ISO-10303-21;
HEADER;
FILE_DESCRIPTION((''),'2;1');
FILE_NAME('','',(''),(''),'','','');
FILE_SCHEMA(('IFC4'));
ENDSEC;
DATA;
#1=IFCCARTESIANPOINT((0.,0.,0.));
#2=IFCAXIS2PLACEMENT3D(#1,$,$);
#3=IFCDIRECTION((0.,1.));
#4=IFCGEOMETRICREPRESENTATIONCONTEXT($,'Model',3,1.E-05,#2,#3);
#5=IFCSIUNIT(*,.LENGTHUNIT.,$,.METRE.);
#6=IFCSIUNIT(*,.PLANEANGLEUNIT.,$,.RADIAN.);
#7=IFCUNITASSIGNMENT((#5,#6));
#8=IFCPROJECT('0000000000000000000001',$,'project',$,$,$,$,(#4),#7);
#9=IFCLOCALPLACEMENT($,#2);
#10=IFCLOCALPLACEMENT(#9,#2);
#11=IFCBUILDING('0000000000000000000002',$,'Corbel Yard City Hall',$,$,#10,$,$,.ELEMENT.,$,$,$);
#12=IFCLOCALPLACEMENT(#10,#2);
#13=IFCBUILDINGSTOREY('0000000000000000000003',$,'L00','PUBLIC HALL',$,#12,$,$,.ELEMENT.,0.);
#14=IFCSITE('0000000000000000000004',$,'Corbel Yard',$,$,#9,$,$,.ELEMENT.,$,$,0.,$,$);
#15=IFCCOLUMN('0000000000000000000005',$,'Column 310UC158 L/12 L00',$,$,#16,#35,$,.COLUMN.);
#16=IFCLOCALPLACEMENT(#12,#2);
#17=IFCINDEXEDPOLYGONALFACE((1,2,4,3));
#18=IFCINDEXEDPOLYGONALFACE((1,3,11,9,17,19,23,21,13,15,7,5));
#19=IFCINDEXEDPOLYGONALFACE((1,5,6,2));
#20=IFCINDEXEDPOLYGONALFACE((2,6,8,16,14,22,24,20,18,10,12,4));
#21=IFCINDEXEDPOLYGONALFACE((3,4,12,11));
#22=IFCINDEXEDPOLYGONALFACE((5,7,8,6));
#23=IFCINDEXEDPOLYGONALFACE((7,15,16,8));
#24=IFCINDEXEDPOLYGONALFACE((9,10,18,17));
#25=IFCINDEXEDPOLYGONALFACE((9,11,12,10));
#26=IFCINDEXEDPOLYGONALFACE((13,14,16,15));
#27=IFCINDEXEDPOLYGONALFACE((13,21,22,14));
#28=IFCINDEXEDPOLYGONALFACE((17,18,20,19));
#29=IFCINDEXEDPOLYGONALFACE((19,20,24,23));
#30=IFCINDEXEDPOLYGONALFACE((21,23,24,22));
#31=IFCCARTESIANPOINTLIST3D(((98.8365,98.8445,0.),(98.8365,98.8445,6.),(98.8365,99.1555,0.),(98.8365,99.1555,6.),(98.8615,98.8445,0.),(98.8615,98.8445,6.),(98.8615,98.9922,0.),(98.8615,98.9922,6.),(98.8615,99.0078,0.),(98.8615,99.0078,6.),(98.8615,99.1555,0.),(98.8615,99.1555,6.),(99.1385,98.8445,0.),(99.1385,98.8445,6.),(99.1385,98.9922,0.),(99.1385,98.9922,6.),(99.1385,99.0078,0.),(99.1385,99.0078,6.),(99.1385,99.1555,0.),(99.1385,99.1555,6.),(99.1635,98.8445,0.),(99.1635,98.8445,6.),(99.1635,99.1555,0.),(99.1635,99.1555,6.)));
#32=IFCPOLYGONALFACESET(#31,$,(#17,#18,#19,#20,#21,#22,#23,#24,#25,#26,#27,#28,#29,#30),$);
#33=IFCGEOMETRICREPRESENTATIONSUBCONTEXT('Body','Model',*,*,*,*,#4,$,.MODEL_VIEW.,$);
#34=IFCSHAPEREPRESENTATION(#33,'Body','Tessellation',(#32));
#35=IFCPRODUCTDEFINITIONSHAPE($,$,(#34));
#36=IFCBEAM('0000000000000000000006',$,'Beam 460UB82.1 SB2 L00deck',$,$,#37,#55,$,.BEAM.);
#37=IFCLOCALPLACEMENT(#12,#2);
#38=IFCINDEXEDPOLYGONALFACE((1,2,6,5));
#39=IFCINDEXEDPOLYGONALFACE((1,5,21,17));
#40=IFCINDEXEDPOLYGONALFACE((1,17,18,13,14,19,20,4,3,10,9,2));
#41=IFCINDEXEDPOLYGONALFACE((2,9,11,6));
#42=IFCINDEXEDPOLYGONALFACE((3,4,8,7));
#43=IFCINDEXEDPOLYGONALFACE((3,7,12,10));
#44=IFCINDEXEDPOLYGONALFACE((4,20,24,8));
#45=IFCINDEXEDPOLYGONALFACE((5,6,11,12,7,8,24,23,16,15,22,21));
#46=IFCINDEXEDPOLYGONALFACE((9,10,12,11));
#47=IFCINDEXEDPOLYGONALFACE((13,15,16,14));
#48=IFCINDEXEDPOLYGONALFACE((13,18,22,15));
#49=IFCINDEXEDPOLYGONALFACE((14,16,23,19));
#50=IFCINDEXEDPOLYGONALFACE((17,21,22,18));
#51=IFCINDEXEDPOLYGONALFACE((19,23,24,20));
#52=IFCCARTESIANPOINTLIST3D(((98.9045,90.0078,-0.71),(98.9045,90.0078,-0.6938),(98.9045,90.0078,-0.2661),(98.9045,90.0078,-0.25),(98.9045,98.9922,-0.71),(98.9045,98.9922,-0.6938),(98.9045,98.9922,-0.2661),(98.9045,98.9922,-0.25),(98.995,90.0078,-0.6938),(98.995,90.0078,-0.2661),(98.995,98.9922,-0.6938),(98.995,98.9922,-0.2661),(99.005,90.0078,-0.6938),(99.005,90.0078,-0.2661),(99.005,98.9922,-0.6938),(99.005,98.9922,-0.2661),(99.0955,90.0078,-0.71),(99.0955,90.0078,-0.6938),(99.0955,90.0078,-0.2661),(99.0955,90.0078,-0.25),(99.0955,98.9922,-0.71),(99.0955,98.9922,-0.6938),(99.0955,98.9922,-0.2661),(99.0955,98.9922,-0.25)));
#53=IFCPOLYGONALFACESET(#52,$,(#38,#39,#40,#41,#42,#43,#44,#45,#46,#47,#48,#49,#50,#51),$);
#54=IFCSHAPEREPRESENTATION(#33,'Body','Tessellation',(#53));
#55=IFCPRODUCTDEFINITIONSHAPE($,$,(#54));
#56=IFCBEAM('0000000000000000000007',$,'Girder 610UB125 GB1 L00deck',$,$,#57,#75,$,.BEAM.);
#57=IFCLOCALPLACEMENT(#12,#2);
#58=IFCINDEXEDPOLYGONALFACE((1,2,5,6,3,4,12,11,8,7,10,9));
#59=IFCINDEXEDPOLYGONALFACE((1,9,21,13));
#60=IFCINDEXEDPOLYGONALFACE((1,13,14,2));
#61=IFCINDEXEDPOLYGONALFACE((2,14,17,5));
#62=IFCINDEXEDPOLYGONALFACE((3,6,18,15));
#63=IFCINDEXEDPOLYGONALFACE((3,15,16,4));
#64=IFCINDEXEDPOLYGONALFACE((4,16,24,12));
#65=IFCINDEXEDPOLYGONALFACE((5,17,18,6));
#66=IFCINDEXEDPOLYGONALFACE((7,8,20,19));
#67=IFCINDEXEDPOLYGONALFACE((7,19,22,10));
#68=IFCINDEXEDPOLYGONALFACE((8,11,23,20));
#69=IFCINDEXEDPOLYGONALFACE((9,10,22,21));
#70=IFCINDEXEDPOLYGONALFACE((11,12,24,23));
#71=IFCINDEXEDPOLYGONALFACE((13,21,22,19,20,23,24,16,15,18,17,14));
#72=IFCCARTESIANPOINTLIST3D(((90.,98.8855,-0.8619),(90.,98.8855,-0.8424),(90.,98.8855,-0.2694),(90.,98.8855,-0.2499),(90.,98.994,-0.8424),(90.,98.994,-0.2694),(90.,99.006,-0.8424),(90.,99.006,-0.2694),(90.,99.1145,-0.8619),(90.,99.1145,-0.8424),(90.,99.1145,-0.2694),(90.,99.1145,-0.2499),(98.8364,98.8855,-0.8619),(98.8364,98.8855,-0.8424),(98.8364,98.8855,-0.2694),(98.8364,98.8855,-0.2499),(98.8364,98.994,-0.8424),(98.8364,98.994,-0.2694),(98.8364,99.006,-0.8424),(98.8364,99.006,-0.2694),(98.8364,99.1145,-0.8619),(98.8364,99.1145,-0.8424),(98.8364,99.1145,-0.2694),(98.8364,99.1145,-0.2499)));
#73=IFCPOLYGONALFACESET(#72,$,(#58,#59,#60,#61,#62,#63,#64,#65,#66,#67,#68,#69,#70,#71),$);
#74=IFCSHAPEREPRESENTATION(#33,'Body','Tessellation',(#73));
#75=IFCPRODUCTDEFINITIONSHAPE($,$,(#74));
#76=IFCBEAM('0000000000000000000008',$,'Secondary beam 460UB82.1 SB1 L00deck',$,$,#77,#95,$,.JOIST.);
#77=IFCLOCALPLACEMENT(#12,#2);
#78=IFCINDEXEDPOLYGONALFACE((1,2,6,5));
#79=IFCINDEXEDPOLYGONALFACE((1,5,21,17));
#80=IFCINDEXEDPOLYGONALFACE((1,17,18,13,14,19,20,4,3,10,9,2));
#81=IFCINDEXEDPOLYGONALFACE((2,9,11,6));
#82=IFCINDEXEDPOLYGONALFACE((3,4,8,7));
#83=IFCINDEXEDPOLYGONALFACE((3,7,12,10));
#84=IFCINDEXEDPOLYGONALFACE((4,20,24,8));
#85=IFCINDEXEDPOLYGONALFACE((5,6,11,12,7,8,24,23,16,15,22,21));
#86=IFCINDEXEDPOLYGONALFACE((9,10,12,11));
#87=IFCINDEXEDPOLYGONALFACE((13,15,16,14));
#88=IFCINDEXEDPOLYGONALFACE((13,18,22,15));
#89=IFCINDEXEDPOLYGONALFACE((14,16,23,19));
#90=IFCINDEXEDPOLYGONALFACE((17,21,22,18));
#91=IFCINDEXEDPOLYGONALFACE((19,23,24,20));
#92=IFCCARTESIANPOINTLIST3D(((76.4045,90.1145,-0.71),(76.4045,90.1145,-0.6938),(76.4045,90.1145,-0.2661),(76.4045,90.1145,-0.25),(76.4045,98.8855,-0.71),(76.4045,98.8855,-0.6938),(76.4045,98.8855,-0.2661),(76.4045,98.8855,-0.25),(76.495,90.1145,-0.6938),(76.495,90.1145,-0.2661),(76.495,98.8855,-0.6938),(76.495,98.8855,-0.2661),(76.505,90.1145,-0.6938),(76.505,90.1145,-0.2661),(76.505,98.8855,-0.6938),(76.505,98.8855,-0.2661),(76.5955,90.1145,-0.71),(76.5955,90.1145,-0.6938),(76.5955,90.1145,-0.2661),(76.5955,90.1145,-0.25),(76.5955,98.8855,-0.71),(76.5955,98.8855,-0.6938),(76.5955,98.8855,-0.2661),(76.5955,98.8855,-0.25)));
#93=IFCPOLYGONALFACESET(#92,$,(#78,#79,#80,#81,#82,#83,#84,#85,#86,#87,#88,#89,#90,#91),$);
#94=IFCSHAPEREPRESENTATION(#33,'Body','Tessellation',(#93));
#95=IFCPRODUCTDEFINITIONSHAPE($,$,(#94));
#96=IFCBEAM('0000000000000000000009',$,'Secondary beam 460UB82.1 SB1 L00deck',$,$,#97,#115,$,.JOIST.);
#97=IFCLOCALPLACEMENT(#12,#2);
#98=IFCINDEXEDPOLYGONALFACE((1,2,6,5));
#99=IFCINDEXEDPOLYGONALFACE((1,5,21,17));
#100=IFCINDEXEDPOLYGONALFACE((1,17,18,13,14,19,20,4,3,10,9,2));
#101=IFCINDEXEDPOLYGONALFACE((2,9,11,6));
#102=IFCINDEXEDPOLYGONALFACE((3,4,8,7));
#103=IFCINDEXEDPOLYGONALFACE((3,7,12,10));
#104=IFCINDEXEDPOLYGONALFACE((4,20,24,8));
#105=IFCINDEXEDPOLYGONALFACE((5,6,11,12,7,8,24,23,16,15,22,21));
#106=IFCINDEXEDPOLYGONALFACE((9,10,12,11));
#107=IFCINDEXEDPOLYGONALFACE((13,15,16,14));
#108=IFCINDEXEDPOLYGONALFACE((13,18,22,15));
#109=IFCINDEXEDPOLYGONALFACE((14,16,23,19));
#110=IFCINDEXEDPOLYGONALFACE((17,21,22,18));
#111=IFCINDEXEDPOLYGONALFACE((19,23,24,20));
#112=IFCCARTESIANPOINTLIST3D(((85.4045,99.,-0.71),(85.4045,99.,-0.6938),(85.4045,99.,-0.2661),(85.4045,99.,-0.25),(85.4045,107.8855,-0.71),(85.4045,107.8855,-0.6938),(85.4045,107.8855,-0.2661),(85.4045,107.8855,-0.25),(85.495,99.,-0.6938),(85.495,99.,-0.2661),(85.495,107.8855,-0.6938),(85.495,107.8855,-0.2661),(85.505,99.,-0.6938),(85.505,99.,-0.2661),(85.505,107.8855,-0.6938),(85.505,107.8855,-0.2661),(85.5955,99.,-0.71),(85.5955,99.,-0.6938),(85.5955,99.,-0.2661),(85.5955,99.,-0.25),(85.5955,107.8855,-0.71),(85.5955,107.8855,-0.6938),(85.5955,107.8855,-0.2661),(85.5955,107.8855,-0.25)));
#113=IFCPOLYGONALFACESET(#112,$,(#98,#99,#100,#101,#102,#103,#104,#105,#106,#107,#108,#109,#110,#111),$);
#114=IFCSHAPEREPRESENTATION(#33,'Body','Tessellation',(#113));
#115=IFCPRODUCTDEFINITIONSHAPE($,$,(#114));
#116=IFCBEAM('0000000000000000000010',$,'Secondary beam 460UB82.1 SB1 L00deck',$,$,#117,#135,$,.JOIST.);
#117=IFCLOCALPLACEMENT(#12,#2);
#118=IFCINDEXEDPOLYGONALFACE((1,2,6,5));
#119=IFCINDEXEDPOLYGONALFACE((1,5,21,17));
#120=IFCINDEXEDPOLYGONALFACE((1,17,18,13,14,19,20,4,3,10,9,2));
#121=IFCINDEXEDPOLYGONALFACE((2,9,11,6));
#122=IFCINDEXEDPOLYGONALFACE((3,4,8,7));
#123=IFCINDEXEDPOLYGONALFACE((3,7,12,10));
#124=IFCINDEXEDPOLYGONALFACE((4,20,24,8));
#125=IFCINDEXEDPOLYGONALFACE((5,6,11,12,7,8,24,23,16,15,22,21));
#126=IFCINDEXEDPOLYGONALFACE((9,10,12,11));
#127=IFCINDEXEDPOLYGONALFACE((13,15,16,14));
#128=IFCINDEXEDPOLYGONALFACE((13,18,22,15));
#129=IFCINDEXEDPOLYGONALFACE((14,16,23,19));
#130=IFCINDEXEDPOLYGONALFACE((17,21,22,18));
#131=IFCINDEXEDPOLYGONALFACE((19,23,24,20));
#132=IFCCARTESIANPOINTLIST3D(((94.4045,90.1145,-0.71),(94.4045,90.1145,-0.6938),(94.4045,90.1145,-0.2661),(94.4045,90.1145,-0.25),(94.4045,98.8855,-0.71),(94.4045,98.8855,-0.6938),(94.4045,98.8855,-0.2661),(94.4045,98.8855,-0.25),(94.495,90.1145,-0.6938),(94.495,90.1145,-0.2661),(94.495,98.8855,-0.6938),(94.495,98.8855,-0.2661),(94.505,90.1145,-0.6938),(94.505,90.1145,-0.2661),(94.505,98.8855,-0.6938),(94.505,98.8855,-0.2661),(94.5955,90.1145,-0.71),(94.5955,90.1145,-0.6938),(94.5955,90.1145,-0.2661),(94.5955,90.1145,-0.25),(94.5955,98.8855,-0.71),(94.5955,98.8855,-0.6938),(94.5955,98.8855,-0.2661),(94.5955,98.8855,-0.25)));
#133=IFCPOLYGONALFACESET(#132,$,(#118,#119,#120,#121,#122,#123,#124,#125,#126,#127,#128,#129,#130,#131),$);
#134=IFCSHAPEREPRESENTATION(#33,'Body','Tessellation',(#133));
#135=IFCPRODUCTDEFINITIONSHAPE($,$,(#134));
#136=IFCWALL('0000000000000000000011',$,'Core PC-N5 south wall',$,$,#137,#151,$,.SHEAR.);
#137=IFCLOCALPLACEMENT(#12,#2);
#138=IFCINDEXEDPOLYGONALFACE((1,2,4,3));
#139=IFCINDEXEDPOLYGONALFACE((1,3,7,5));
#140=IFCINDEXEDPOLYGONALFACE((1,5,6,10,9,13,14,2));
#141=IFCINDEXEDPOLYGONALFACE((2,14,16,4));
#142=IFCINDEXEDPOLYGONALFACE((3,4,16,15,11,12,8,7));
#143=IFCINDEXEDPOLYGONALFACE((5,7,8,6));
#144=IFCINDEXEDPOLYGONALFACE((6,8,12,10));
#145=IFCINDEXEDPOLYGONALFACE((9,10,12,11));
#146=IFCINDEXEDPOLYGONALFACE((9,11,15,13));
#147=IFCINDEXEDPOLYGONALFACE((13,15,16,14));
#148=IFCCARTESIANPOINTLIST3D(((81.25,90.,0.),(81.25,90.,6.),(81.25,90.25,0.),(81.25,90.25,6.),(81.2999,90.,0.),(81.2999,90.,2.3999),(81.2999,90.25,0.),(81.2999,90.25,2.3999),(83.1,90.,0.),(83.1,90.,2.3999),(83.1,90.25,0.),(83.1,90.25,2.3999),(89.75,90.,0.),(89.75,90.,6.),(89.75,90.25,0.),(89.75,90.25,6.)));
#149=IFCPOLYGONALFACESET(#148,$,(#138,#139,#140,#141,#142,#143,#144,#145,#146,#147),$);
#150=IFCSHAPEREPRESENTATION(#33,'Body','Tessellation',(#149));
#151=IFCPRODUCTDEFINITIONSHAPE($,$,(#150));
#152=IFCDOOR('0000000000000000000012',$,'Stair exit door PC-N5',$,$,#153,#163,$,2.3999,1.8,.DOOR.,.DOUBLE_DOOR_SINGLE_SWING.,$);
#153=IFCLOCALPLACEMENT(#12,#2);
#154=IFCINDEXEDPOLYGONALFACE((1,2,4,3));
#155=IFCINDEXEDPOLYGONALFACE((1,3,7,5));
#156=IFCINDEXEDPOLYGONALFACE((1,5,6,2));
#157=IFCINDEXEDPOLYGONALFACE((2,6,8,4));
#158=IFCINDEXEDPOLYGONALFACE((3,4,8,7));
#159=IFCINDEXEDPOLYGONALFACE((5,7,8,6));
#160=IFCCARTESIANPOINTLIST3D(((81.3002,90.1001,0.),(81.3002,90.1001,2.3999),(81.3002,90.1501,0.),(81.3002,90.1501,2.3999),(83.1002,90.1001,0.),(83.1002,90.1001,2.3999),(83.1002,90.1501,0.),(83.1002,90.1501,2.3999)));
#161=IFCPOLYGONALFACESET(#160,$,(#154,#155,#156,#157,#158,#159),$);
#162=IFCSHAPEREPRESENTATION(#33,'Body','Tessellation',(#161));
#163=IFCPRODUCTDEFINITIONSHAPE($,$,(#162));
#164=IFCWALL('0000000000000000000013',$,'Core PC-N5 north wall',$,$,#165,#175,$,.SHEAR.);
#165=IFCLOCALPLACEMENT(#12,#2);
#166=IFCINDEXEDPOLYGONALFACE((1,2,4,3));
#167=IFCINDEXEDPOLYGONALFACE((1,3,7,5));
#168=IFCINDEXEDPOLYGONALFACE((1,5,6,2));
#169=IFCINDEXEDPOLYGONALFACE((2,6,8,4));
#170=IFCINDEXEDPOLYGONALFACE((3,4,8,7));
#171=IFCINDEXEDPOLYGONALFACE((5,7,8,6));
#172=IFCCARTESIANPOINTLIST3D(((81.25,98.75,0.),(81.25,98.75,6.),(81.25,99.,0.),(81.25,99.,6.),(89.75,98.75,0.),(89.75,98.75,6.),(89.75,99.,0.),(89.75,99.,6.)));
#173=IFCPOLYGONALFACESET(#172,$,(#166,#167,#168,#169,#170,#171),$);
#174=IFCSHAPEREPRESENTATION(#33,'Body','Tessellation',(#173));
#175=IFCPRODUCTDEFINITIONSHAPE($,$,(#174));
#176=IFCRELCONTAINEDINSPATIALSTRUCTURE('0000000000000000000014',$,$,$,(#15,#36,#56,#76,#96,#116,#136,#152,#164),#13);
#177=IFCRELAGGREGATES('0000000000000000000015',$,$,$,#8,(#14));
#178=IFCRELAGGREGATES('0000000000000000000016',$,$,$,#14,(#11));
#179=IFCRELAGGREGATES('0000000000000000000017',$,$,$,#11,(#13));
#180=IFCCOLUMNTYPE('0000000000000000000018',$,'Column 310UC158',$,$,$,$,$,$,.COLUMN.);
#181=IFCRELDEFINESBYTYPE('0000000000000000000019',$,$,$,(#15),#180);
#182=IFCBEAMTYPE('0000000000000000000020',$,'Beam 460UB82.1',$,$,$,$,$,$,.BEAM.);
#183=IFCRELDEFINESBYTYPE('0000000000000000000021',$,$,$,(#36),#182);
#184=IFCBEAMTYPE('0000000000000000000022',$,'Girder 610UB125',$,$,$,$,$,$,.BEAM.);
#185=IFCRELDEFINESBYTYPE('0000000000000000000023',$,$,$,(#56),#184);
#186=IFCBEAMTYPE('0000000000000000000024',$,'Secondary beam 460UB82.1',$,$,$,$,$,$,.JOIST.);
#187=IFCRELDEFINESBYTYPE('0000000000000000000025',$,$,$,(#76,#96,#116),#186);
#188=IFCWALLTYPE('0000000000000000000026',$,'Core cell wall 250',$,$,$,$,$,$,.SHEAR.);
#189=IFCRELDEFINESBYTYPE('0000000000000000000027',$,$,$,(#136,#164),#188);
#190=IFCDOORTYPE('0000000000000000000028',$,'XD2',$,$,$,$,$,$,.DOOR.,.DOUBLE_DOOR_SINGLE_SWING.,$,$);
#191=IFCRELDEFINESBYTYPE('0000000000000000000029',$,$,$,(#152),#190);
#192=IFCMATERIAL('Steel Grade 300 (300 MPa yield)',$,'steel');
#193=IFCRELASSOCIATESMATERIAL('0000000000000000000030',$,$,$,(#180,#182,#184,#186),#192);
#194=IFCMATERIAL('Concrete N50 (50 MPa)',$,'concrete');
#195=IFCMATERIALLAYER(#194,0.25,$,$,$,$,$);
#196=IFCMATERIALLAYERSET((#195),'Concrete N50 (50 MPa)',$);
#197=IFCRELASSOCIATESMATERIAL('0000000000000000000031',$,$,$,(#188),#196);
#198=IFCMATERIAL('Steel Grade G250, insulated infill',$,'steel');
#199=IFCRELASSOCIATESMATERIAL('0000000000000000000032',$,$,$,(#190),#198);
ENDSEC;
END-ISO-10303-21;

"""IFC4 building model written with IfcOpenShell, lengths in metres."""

from ifc_helpers import new_model, si_unit, direction, frame, frame_2d, origin, origin_2d, place, context, subcontext, project, spatial, rectangle, i_section, extrude, material, layer, layer_set, material_profile, profile_set, type_object, element, fill, save


model = new_model("IFC4")

# Units and contexts
model_context = context("Model", 3, precision=1e-05, world=origin(), true_north=direction((0.0, 1.0)))
body_context = subcontext(model_context, "Body", "Model", "MODEL_VIEW")
ifc_project = project(units=[si_unit("LENGTHUNIT", "METRE"), si_unit("PLANEANGLEUNIT", "RADIAN")], contexts=[model_context])

# Site, building, storey
site_placement = place(None, origin())
site = spatial("IfcSite", under=ifc_project, at=site_placement, Name="Corbel Yard", CompositionType="ELEMENT", RefElevation=0.0)
building_placement = place(site_placement, origin())
building = spatial("IfcBuilding", under=site, at=building_placement, Name="Corbel Yard City Hall", CompositionType="ELEMENT")
storey_placement = place(building_placement, origin())
storey = spatial("IfcBuildingStorey", under=building, at=storey_placement, Name="L00", Description="PUBLIC HALL", CompositionType="ELEMENT", Elevation=0.0)

# Column
ifc_material_1 = material(Name="Steel Grade 300 (300 MPa yield)", Category="steel")
ifc_material_profile_1 = material_profile(ifc_material_1, i_section(OverallWidth=0.311, OverallDepth=0.3269, WebThickness=0.0156, FlangeThickness=0.0249, at=origin_2d()), Name="310UC158")
ifc_profile_set_1 = profile_set([ifc_material_profile_1], Name="Steel Grade 300 (300 MPa yield)")
column_type = type_object("IfcColumnType", Name="Column 310UC158", PredefinedType="COLUMN", material=ifc_profile_set_1)
column_placement = place(storey_placement, frame((99.0, 99.0, 0.0), z_axis=(0.0, 0.0, 1.0), x_axis=(0.0, 1.0, 0.0)))
element("IfcColumn", 1, at=column_placement, inside=storey, type_object=column_type, Name="Column 310UC158 L/12 L00", PredefinedType="COLUMN", context=body_context, shape_type="SweptSolid", body=[
    extrude(i_section(OverallWidth=0.311, OverallDepth=0.3269, WebThickness=0.0156, FlangeThickness=0.0249, at=origin_2d()), origin(), (0.0, 0.0, 1.0), 6.0),
])

# Beams
ifc_material_profile_2 = material_profile(ifc_material_1, i_section(OverallWidth=0.1909, OverallDepth=0.46, WebThickness=0.01, FlangeThickness=0.0161, at=origin_2d()), Name="460UB82.1")
ifc_profile_set_2 = profile_set([ifc_material_profile_2], Name="Steel Grade 300 (300 MPa yield)")
beam_type_1 = type_object("IfcBeamType", Name="Beam 460UB82.1", PredefinedType="BEAM", material=ifc_profile_set_2)
beam_1_placement = place(storey_placement, frame((99.0, 90.0078, -0.48), z_axis=(0.0, 1.0, 0.0), x_axis=(-1.0, 0.0, 0.0)))
element("IfcBeam", 2, at=beam_1_placement, inside=storey, type_object=beam_type_1, Name="Beam 460UB82.1 SB2 L00deck", PredefinedType="BEAM", context=body_context, shape_type="SweptSolid", body=[
    extrude(i_section(OverallWidth=0.1909, OverallDepth=0.46, WebThickness=0.01, FlangeThickness=0.0161, at=origin_2d()), origin(), (0.0, 0.0, 1.0), 8.9844),
])
ifc_material_profile_3 = material_profile(ifc_material_1, i_section(OverallWidth=0.229, OverallDepth=0.6121, WebThickness=0.012, FlangeThickness=0.0195, at=origin_2d()), Name="610UB125")
ifc_profile_set_3 = profile_set([ifc_material_profile_3], Name="Steel Grade 300 (300 MPa yield)")
beam_type_2 = type_object("IfcBeamType", Name="Girder 610UB125", PredefinedType="BEAM", material=ifc_profile_set_3)
beam_2_placement = place(storey_placement, frame((90.0, 99.0, -0.5559), z_axis=(1.0, 0.0, 0.0), x_axis=(0.0, 1.0, 0.0)))
element("IfcBeam", 3, at=beam_2_placement, inside=storey, type_object=beam_type_2, Name="Girder 610UB125 GB1 L00deck", PredefinedType="BEAM", context=body_context, shape_type="SweptSolid", body=[
    extrude(i_section(OverallWidth=0.229, OverallDepth=0.6121, WebThickness=0.012, FlangeThickness=0.0195, at=origin_2d()), origin(), (0.0, 0.0, 1.0), 8.8364),
])
ifc_material_profile_4 = material_profile(ifc_material_1, i_section(OverallWidth=0.1909, OverallDepth=0.46, WebThickness=0.01, FlangeThickness=0.0161, at=origin_2d()), Name="460UB82.1")
ifc_profile_set_4 = profile_set([ifc_material_profile_4], Name="Steel Grade 300 (300 MPa yield)")
beam_type_3 = type_object("IfcBeamType", Name="Secondary beam 460UB82.1", PredefinedType="JOIST", material=ifc_profile_set_4)
beam_3_placement = place(storey_placement, frame((76.5, 90.1145, -0.48), z_axis=(0.0, 1.0, 0.0), x_axis=(-1.0, 0.0, 0.0)))
element("IfcBeam", 4, at=beam_3_placement, inside=storey, type_object=beam_type_3, Name="Secondary beam 460UB82.1 SB1 L00deck", PredefinedType="JOIST", context=body_context, shape_type="SweptSolid", body=[
    extrude(i_section(OverallWidth=0.1909, OverallDepth=0.46, WebThickness=0.01, FlangeThickness=0.0161, at=origin_2d()), origin(), (0.0, 0.0, 1.0), 8.771),
])
beam_4_placement = place(storey_placement, frame((85.5, 99.0, -0.48), z_axis=(0.0, 1.0, 0.0), x_axis=(-1.0, 0.0, 0.0)))
element("IfcBeam", 5, at=beam_4_placement, inside=storey, type_object=beam_type_3, Name="Secondary beam 460UB82.1 SB1 L00deck", PredefinedType="JOIST", context=body_context, shape_type="SweptSolid", body=[
    extrude(i_section(OverallWidth=0.1909, OverallDepth=0.46, WebThickness=0.01, FlangeThickness=0.0161, at=origin_2d()), origin(), (0.0, 0.0, 1.0), 8.8855),
])
beam_5_placement = place(storey_placement, frame((94.5, 90.1145, -0.48), z_axis=(0.0, 1.0, 0.0), x_axis=(-1.0, 0.0, 0.0)))
element("IfcBeam", 6, at=beam_5_placement, inside=storey, type_object=beam_type_3, Name="Secondary beam 460UB82.1 SB1 L00deck", PredefinedType="JOIST", context=body_context, shape_type="SweptSolid", body=[
    extrude(i_section(OverallWidth=0.1909, OverallDepth=0.46, WebThickness=0.01, FlangeThickness=0.0161, at=origin_2d()), origin(), (0.0, 0.0, 1.0), 8.771),
])

# Wall, opening, door
ifc_material_2 = material(Name="Concrete N50 (50 MPa)", Category="concrete")
ifc_layer_1 = layer(ifc_material_2, 0.25)
ifc_layer_set_1 = layer_set([ifc_layer_1], Name="Concrete N50 (50 MPa)")
wall_type_1 = type_object("IfcWallType", Name="Core cell wall 250", PredefinedType="SHEAR", material=ifc_layer_set_1)
wall_1_placement = place(storey_placement, frame((81.25, 90.125, 0.0), z_axis=(0.0, 0.0, 1.0), x_axis=(1.0, 0.0, 0.0)))
wall_1 = element("IfcWall", 7, at=wall_1_placement, inside=storey, type_object=wall_type_1, Name="Core PC-N5 south wall", PredefinedType="SHEAR", context=body_context, shape_type="SweptSolid", body=[
    extrude(rectangle(XDim=8.5, YDim=0.25, at=frame_2d((4.25, 0.0))), origin(), (0.0, 0.0, 1.0), 6.0),
])
opening_1_placement = place(wall_1_placement, frame((0.05, 0.0, 0.0)))
opening_1 = element("IfcOpeningElement", 8, at=opening_1_placement, cuts=wall_1, PredefinedType="OPENING", context=body_context, shape_type="SweptSolid", body=[
    extrude(rectangle(XDim=1.8, YDim=2.3999, at=frame_2d((0.8999, 1.2))), frame((0.0, 0.135, 0.0), z_axis=(0.0, -1.0, 0.0), x_axis=(1.0, 0.0, 0.0)), (0.0, 0.0, 1.0), 0.27),
])
ifc_material_3 = material(Name="Steel Grade G250, insulated infill", Category="steel")
door_type_1 = type_object("IfcDoorType", Name="XD2", OperationType="DOUBLE_DOOR_SINGLE_SWING", PredefinedType="DOOR", material=ifc_material_3)
door_1_placement = place(opening_1_placement, frame((1.8, 0.0, 0.0), z_axis=(0.0, 0.0, 1.0), x_axis=(-1.0, 0.0, 0.0)))
door_1 = element("IfcDoor", 9, at=door_1_placement, inside=storey, type_object=door_type_1, Name="Stair exit door PC-N5", OperationType="DOUBLE_DOOR_SINGLE_SWING", OverallHeight=2.3999, OverallWidth=1.8, PredefinedType="DOOR", context=body_context, shape_type="SweptSolid", body=[
    extrude(rectangle(XDim=1.8, YDim=2.3999, at=frame_2d((0.8999, 1.2))), frame((0.0, 0.0249, 0.0), z_axis=(0.0, -1.0, 0.0), x_axis=(1.0, 0.0, 0.0)), (0.0, 0.0, 1.0), 0.05),
])
fill(opening_1, door_1)

# Wall
wall_2_placement = place(storey_placement, frame((81.25, 98.875, 0.0), z_axis=(0.0, 0.0, 1.0), x_axis=(1.0, 0.0, 0.0)))
element("IfcWall", 10, at=wall_2_placement, inside=storey, type_object=wall_type_1, Name="Core PC-N5 north wall", PredefinedType="SHEAR", context=body_context, shape_type="SweptSolid", body=[
    extrude(rectangle(XDim=8.5, YDim=0.25, at=frame_2d((4.25, 0.0))), origin(), (0.0, 0.0, 1.0), 6.0),
])

save(model, "model.ifc")
